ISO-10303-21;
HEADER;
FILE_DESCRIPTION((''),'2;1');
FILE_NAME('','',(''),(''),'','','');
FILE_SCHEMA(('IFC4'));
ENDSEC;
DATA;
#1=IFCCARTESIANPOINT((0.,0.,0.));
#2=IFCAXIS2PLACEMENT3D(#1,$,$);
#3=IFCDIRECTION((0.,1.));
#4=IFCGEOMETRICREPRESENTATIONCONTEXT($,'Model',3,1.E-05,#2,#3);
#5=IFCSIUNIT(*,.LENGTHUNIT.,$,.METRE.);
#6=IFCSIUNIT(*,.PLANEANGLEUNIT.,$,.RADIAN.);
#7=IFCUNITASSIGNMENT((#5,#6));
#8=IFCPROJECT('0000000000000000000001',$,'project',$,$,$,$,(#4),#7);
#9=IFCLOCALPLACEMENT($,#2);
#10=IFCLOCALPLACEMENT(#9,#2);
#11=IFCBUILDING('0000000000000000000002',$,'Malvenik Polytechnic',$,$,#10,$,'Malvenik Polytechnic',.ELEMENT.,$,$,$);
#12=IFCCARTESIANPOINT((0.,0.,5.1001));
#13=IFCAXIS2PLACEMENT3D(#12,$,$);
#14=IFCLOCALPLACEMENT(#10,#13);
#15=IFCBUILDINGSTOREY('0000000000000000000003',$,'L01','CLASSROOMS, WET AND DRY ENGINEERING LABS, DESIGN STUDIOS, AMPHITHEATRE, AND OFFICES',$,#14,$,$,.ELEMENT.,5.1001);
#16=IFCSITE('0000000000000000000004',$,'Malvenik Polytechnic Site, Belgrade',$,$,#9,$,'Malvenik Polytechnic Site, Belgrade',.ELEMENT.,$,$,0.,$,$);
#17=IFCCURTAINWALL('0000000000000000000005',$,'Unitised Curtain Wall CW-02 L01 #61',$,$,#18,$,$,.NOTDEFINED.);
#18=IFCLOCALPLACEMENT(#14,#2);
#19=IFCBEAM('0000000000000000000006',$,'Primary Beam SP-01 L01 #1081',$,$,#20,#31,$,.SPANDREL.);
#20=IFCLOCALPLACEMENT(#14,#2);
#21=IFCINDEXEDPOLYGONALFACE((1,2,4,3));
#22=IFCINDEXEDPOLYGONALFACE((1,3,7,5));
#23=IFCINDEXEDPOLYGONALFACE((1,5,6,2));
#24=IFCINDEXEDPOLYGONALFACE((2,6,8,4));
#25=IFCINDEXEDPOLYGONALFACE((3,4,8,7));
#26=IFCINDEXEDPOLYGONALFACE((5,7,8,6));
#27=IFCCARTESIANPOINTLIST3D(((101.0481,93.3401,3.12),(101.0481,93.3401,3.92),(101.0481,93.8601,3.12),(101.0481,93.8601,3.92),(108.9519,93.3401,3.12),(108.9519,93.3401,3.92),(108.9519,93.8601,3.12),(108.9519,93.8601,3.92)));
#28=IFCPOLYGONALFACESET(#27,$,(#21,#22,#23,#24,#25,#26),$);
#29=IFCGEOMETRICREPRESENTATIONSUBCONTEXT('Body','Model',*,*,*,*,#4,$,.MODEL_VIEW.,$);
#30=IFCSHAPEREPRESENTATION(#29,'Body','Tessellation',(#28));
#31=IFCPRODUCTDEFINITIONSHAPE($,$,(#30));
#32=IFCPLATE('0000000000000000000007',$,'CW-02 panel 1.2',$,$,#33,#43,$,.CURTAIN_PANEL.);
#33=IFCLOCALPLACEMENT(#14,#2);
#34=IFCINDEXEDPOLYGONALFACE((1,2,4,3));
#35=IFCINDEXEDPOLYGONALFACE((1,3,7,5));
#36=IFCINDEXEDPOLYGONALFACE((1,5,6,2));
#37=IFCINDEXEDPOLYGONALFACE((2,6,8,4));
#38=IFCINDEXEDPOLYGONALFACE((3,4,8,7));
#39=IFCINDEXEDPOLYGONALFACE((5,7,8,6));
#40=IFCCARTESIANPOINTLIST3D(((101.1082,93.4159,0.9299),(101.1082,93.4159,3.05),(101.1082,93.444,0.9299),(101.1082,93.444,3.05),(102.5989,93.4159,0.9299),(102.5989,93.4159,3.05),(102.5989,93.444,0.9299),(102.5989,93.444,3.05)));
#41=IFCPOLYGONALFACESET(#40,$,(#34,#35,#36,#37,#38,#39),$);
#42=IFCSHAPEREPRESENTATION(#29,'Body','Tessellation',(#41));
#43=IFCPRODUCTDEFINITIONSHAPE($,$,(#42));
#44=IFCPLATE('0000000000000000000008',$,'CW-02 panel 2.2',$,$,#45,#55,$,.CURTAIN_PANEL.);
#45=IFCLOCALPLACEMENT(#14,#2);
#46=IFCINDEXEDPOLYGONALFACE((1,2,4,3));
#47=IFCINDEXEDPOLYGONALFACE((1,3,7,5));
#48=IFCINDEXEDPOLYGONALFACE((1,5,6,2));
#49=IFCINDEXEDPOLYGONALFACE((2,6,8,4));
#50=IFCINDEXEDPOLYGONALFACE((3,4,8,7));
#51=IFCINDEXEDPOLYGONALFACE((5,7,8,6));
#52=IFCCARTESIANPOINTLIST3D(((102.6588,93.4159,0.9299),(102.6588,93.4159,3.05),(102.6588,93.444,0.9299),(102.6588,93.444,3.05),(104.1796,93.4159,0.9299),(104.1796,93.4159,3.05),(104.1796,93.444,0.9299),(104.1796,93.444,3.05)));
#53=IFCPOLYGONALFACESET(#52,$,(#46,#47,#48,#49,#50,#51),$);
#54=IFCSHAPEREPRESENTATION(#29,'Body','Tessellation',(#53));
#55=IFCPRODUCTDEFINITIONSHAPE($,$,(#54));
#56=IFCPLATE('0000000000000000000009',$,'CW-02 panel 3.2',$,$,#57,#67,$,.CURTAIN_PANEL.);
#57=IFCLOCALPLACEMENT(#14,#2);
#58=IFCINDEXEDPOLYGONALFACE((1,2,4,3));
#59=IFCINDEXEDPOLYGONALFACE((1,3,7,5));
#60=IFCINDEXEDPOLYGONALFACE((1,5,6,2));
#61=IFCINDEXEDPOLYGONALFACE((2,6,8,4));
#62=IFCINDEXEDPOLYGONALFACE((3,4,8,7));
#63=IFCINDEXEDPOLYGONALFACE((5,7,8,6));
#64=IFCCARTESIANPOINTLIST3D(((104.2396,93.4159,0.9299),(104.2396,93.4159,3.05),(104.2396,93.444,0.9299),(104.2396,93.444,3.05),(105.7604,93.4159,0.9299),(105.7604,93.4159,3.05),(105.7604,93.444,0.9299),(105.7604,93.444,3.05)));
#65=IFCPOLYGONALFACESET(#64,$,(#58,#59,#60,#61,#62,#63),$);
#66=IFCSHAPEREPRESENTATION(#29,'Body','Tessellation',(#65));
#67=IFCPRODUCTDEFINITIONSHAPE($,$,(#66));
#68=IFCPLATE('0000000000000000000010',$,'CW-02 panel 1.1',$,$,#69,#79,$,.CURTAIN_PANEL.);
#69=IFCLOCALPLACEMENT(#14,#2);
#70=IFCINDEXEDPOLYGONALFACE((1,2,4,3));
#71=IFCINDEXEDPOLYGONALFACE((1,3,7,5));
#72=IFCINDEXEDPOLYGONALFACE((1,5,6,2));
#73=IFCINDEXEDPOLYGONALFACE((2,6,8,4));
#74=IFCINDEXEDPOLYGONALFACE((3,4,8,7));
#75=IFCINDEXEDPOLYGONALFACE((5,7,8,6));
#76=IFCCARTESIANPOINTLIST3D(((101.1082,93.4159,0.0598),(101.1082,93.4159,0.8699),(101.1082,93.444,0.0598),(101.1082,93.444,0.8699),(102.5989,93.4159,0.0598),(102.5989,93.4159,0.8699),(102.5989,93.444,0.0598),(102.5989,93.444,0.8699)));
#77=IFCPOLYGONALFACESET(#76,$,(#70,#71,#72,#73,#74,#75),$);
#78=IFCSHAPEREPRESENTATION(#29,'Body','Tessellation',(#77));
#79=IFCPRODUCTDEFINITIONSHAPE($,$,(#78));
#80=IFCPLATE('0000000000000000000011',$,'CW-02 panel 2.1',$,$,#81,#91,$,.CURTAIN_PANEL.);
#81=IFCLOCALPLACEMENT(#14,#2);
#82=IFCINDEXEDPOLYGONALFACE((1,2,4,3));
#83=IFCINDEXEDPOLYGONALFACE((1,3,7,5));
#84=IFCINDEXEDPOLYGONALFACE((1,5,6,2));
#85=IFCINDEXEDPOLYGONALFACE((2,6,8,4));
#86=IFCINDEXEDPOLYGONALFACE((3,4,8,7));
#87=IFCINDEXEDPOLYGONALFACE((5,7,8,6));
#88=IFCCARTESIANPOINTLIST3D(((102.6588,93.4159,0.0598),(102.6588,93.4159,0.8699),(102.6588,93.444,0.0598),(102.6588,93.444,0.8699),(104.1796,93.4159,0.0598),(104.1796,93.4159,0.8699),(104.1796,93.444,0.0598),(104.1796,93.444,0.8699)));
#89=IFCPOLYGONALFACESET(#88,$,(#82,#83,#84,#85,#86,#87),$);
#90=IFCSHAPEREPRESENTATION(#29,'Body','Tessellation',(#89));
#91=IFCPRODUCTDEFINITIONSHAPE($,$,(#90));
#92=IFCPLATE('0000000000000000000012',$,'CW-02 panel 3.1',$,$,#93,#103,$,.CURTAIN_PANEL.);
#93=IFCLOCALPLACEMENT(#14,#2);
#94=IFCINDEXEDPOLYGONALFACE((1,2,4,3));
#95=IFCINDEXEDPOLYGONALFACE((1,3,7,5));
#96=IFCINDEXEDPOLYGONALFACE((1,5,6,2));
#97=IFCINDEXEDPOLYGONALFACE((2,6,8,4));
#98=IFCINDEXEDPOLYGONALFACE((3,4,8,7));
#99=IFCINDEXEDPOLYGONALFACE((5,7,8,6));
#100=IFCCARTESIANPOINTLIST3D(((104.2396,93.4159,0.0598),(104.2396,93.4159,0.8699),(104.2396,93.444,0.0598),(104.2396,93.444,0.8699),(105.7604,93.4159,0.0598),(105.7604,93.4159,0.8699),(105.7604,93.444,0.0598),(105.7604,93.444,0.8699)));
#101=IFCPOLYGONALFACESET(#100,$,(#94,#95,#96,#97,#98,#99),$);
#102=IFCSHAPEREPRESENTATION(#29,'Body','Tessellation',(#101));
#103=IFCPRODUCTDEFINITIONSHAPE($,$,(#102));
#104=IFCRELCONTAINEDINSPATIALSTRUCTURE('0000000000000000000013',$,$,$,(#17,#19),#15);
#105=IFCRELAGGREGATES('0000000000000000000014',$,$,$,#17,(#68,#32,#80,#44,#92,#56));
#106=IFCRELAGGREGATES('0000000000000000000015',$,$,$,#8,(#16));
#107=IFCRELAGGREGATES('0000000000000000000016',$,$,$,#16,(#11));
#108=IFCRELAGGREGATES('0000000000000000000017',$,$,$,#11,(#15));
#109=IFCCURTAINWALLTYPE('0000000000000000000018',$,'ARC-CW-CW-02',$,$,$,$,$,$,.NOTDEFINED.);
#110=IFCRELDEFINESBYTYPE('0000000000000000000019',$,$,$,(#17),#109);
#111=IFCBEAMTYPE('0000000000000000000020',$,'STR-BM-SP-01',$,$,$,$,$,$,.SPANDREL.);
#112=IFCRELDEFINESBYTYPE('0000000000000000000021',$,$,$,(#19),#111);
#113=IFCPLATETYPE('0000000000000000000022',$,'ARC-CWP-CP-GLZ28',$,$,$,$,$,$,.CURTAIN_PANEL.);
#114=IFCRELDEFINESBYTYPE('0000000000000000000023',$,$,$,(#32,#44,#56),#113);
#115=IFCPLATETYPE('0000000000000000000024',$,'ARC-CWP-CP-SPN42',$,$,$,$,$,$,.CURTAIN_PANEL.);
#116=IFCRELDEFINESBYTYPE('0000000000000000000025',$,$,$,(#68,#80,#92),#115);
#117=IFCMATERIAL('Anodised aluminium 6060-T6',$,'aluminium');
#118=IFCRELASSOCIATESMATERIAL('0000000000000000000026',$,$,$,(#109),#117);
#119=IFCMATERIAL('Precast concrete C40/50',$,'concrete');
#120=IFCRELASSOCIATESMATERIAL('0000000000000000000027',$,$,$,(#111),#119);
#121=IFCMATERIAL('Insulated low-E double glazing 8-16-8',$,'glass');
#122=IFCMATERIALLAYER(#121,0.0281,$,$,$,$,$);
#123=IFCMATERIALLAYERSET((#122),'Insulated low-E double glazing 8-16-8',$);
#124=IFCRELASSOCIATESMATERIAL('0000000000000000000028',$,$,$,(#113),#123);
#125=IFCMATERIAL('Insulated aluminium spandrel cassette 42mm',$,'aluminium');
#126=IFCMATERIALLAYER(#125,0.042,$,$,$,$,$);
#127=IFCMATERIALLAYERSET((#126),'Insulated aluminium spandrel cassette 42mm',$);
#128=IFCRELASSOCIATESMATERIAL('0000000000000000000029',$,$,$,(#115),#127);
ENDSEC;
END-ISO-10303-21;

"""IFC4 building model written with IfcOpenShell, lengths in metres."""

from ifc_helpers import new_model, si_unit, direction, frame, origin, origin_2d, place, context, subcontext, project, spatial, rectangle, extrude, material, layer, layer_set, material_profile, profile_set, type_object, element, aggregate, save


model = new_model("IFC4")

# Units and contexts
model_context = context("Model", 3, precision=1e-05, world=origin(), true_north=direction((0.0, 1.0)))
body_context = subcontext(model_context, "Body", "Model", "MODEL_VIEW")
ifc_project = project(units=[si_unit("LENGTHUNIT", "METRE"), si_unit("PLANEANGLEUNIT", "RADIAN")], contexts=[model_context])

# Site, building, storey
site_placement = place(None, origin())
site = spatial("IfcSite", under=ifc_project, at=site_placement, Name="Malvenik Polytechnic Site, Belgrade", LongName="Malvenik Polytechnic Site, Belgrade", CompositionType="ELEMENT", RefElevation=0.0)
building_placement = place(site_placement, origin())
building = spatial("IfcBuilding", under=site, at=building_placement, Name="Malvenik Polytechnic", LongName="Malvenik Polytechnic", CompositionType="ELEMENT")
storey_placement = place(building_placement, frame((0.0, 0.0, 5.1001)))
storey = spatial("IfcBuildingStorey", under=building, at=storey_placement, Name="L01", Description="CLASSROOMS, WET AND DRY ENGINEERING LABS, DESIGN STUDIOS, AMPHITHEATRE, AND OFFICES", CompositionType="ELEMENT", Elevation=5.1001)

# Curtain wall
ifc_material_1 = material(Name="Anodised aluminium 6060-T6", Category="aluminium")
curtain_wall_type = type_object("IfcCurtainWallType", Name="ARC-CW-CW-02", PredefinedType="NOTDEFINED", material=ifc_material_1)
curtain_wall_placement = place(storey_placement, origin())
curtain_wall = element("IfcCurtainWall", 1, at=curtain_wall_placement, inside=storey, type_object=curtain_wall_type, Name="Unitised Curtain Wall CW-02 L01 #61", PredefinedType="NOTDEFINED")

# Beam
ifc_material_2 = material(Name="Precast concrete C40/50", Category="concrete")
ifc_material_profile_1 = material_profile(ifc_material_2, rectangle(XDim=0.52, YDim=0.8, at=origin_2d()), Name="PC SPN 520x800")
ifc_profile_set_1 = profile_set([ifc_material_profile_1], Name="Precast concrete C40/50")
beam_type = type_object("IfcBeamType", Name="STR-BM-SP-01", PredefinedType="SPANDREL", material=ifc_profile_set_1)
beam_placement = place(storey_placement, frame((101.0481, 93.6001, 3.52), z_axis=(1.0, 0.0, 0.0), x_axis=(0.0, 1.0, 0.0)))
element("IfcBeam", 2, at=beam_placement, inside=storey, type_object=beam_type, Name="Primary Beam SP-01 L01 #1081", PredefinedType="SPANDREL", context=body_context, shape_type="SweptSolid", body=[
    extrude(rectangle(XDim=0.52, YDim=0.8, at=origin_2d()), origin(), (0.0, 0.0, 1.0), 7.9038),
])

# Plates
ifc_material_3 = material(Name="Insulated low-E double glazing 8-16-8", Category="glass")
ifc_layer_1 = layer(ifc_material_3, 0.0281)
ifc_layer_set_1 = layer_set([ifc_layer_1], Name="Insulated low-E double glazing 8-16-8")
plate_type_1 = type_object("IfcPlateType", Name="ARC-CWP-CP-GLZ28", PredefinedType="CURTAIN_PANEL", material=ifc_layer_set_1)
plate_1_placement = place(storey_placement, frame((101.8535, 93.4299, 0.9299), z_axis=(0.0, 0.0, 1.0), x_axis=(1.0, 0.0, 0.0)))
plate_1 = element("IfcPlate", 3, at=plate_1_placement, type_object=plate_type_1, Name="CW-02 panel 1.2", PredefinedType="CURTAIN_PANEL", context=body_context, shape_type="SweptSolid", body=[
    extrude(rectangle(XDim=1.4907, YDim=0.0281, at=origin_2d()), origin(), (0.0, 0.0, 1.0), 2.1201),
])
plate_2_placement = place(storey_placement, frame((103.4192, 93.4299, 0.9299), z_axis=(0.0, 0.0, 1.0), x_axis=(1.0, 0.0, 0.0)))
plate_2 = element("IfcPlate", 4, at=plate_2_placement, type_object=plate_type_1, Name="CW-02 panel 2.2", PredefinedType="CURTAIN_PANEL", context=body_context, shape_type="SweptSolid", body=[
    extrude(rectangle(XDim=1.5208, YDim=0.0281, at=origin_2d()), origin(), (0.0, 0.0, 1.0), 2.1201),
])
plate_3_placement = place(storey_placement, frame((105.0, 93.4299, 0.9299), z_axis=(0.0, 0.0, 1.0), x_axis=(1.0, 0.0, 0.0)))
plate_3 = element("IfcPlate", 5, at=plate_3_placement, type_object=plate_type_1, Name="CW-02 panel 3.2", PredefinedType="CURTAIN_PANEL", context=body_context, shape_type="SweptSolid", body=[
    extrude(rectangle(XDim=1.5208, YDim=0.0281, at=origin_2d()), origin(), (0.0, 0.0, 1.0), 2.1201),
])
ifc_material_4 = material(Name="Insulated aluminium spandrel cassette 42mm", Category="aluminium")
ifc_layer_2 = layer(ifc_material_4, 0.042)
ifc_layer_set_2 = layer_set([ifc_layer_2], Name="Insulated aluminium spandrel cassette 42mm")
plate_type_2 = type_object("IfcPlateType", Name="ARC-CWP-CP-SPN42", PredefinedType="CURTAIN_PANEL", material=ifc_layer_set_2)
plate_4_placement = place(storey_placement, frame((101.8535, 93.4299, 0.0598), z_axis=(0.0, 0.0, 1.0), x_axis=(1.0, 0.0, 0.0)))
plate_4 = element("IfcPlate", 6, at=plate_4_placement, type_object=plate_type_2, Name="CW-02 panel 1.1", PredefinedType="CURTAIN_PANEL", context=body_context, shape_type="SweptSolid", body=[
    extrude(rectangle(XDim=1.4907, YDim=0.0281, at=origin_2d()), origin(), (0.0, 0.0, 1.0), 0.8101),
])
plate_5_placement = place(storey_placement, frame((103.4192, 93.4299, 0.0598), z_axis=(0.0, 0.0, 1.0), x_axis=(1.0, 0.0, 0.0)))
plate_5 = element("IfcPlate", 7, at=plate_5_placement, type_object=plate_type_2, Name="CW-02 panel 2.1", PredefinedType="CURTAIN_PANEL", context=body_context, shape_type="SweptSolid", body=[
    extrude(rectangle(XDim=1.5208, YDim=0.0281, at=origin_2d()), origin(), (0.0, 0.0, 1.0), 0.8101),
])
plate_6_placement = place(storey_placement, frame((105.0, 93.4299, 0.0598), z_axis=(0.0, 0.0, 1.0), x_axis=(1.0, 0.0, 0.0)))
plate_6 = element("IfcPlate", 8, at=plate_6_placement, type_object=plate_type_2, Name="CW-02 panel 3.1", PredefinedType="CURTAIN_PANEL", context=body_context, shape_type="SweptSolid", body=[
    extrude(rectangle(XDim=1.5208, YDim=0.0281, at=origin_2d()), origin(), (0.0, 0.0, 1.0), 0.8101),
])
aggregate(curtain_wall, [plate_4, plate_1, plate_5, plate_2, plate_6, plate_3])

save(model, "model.ifc")
